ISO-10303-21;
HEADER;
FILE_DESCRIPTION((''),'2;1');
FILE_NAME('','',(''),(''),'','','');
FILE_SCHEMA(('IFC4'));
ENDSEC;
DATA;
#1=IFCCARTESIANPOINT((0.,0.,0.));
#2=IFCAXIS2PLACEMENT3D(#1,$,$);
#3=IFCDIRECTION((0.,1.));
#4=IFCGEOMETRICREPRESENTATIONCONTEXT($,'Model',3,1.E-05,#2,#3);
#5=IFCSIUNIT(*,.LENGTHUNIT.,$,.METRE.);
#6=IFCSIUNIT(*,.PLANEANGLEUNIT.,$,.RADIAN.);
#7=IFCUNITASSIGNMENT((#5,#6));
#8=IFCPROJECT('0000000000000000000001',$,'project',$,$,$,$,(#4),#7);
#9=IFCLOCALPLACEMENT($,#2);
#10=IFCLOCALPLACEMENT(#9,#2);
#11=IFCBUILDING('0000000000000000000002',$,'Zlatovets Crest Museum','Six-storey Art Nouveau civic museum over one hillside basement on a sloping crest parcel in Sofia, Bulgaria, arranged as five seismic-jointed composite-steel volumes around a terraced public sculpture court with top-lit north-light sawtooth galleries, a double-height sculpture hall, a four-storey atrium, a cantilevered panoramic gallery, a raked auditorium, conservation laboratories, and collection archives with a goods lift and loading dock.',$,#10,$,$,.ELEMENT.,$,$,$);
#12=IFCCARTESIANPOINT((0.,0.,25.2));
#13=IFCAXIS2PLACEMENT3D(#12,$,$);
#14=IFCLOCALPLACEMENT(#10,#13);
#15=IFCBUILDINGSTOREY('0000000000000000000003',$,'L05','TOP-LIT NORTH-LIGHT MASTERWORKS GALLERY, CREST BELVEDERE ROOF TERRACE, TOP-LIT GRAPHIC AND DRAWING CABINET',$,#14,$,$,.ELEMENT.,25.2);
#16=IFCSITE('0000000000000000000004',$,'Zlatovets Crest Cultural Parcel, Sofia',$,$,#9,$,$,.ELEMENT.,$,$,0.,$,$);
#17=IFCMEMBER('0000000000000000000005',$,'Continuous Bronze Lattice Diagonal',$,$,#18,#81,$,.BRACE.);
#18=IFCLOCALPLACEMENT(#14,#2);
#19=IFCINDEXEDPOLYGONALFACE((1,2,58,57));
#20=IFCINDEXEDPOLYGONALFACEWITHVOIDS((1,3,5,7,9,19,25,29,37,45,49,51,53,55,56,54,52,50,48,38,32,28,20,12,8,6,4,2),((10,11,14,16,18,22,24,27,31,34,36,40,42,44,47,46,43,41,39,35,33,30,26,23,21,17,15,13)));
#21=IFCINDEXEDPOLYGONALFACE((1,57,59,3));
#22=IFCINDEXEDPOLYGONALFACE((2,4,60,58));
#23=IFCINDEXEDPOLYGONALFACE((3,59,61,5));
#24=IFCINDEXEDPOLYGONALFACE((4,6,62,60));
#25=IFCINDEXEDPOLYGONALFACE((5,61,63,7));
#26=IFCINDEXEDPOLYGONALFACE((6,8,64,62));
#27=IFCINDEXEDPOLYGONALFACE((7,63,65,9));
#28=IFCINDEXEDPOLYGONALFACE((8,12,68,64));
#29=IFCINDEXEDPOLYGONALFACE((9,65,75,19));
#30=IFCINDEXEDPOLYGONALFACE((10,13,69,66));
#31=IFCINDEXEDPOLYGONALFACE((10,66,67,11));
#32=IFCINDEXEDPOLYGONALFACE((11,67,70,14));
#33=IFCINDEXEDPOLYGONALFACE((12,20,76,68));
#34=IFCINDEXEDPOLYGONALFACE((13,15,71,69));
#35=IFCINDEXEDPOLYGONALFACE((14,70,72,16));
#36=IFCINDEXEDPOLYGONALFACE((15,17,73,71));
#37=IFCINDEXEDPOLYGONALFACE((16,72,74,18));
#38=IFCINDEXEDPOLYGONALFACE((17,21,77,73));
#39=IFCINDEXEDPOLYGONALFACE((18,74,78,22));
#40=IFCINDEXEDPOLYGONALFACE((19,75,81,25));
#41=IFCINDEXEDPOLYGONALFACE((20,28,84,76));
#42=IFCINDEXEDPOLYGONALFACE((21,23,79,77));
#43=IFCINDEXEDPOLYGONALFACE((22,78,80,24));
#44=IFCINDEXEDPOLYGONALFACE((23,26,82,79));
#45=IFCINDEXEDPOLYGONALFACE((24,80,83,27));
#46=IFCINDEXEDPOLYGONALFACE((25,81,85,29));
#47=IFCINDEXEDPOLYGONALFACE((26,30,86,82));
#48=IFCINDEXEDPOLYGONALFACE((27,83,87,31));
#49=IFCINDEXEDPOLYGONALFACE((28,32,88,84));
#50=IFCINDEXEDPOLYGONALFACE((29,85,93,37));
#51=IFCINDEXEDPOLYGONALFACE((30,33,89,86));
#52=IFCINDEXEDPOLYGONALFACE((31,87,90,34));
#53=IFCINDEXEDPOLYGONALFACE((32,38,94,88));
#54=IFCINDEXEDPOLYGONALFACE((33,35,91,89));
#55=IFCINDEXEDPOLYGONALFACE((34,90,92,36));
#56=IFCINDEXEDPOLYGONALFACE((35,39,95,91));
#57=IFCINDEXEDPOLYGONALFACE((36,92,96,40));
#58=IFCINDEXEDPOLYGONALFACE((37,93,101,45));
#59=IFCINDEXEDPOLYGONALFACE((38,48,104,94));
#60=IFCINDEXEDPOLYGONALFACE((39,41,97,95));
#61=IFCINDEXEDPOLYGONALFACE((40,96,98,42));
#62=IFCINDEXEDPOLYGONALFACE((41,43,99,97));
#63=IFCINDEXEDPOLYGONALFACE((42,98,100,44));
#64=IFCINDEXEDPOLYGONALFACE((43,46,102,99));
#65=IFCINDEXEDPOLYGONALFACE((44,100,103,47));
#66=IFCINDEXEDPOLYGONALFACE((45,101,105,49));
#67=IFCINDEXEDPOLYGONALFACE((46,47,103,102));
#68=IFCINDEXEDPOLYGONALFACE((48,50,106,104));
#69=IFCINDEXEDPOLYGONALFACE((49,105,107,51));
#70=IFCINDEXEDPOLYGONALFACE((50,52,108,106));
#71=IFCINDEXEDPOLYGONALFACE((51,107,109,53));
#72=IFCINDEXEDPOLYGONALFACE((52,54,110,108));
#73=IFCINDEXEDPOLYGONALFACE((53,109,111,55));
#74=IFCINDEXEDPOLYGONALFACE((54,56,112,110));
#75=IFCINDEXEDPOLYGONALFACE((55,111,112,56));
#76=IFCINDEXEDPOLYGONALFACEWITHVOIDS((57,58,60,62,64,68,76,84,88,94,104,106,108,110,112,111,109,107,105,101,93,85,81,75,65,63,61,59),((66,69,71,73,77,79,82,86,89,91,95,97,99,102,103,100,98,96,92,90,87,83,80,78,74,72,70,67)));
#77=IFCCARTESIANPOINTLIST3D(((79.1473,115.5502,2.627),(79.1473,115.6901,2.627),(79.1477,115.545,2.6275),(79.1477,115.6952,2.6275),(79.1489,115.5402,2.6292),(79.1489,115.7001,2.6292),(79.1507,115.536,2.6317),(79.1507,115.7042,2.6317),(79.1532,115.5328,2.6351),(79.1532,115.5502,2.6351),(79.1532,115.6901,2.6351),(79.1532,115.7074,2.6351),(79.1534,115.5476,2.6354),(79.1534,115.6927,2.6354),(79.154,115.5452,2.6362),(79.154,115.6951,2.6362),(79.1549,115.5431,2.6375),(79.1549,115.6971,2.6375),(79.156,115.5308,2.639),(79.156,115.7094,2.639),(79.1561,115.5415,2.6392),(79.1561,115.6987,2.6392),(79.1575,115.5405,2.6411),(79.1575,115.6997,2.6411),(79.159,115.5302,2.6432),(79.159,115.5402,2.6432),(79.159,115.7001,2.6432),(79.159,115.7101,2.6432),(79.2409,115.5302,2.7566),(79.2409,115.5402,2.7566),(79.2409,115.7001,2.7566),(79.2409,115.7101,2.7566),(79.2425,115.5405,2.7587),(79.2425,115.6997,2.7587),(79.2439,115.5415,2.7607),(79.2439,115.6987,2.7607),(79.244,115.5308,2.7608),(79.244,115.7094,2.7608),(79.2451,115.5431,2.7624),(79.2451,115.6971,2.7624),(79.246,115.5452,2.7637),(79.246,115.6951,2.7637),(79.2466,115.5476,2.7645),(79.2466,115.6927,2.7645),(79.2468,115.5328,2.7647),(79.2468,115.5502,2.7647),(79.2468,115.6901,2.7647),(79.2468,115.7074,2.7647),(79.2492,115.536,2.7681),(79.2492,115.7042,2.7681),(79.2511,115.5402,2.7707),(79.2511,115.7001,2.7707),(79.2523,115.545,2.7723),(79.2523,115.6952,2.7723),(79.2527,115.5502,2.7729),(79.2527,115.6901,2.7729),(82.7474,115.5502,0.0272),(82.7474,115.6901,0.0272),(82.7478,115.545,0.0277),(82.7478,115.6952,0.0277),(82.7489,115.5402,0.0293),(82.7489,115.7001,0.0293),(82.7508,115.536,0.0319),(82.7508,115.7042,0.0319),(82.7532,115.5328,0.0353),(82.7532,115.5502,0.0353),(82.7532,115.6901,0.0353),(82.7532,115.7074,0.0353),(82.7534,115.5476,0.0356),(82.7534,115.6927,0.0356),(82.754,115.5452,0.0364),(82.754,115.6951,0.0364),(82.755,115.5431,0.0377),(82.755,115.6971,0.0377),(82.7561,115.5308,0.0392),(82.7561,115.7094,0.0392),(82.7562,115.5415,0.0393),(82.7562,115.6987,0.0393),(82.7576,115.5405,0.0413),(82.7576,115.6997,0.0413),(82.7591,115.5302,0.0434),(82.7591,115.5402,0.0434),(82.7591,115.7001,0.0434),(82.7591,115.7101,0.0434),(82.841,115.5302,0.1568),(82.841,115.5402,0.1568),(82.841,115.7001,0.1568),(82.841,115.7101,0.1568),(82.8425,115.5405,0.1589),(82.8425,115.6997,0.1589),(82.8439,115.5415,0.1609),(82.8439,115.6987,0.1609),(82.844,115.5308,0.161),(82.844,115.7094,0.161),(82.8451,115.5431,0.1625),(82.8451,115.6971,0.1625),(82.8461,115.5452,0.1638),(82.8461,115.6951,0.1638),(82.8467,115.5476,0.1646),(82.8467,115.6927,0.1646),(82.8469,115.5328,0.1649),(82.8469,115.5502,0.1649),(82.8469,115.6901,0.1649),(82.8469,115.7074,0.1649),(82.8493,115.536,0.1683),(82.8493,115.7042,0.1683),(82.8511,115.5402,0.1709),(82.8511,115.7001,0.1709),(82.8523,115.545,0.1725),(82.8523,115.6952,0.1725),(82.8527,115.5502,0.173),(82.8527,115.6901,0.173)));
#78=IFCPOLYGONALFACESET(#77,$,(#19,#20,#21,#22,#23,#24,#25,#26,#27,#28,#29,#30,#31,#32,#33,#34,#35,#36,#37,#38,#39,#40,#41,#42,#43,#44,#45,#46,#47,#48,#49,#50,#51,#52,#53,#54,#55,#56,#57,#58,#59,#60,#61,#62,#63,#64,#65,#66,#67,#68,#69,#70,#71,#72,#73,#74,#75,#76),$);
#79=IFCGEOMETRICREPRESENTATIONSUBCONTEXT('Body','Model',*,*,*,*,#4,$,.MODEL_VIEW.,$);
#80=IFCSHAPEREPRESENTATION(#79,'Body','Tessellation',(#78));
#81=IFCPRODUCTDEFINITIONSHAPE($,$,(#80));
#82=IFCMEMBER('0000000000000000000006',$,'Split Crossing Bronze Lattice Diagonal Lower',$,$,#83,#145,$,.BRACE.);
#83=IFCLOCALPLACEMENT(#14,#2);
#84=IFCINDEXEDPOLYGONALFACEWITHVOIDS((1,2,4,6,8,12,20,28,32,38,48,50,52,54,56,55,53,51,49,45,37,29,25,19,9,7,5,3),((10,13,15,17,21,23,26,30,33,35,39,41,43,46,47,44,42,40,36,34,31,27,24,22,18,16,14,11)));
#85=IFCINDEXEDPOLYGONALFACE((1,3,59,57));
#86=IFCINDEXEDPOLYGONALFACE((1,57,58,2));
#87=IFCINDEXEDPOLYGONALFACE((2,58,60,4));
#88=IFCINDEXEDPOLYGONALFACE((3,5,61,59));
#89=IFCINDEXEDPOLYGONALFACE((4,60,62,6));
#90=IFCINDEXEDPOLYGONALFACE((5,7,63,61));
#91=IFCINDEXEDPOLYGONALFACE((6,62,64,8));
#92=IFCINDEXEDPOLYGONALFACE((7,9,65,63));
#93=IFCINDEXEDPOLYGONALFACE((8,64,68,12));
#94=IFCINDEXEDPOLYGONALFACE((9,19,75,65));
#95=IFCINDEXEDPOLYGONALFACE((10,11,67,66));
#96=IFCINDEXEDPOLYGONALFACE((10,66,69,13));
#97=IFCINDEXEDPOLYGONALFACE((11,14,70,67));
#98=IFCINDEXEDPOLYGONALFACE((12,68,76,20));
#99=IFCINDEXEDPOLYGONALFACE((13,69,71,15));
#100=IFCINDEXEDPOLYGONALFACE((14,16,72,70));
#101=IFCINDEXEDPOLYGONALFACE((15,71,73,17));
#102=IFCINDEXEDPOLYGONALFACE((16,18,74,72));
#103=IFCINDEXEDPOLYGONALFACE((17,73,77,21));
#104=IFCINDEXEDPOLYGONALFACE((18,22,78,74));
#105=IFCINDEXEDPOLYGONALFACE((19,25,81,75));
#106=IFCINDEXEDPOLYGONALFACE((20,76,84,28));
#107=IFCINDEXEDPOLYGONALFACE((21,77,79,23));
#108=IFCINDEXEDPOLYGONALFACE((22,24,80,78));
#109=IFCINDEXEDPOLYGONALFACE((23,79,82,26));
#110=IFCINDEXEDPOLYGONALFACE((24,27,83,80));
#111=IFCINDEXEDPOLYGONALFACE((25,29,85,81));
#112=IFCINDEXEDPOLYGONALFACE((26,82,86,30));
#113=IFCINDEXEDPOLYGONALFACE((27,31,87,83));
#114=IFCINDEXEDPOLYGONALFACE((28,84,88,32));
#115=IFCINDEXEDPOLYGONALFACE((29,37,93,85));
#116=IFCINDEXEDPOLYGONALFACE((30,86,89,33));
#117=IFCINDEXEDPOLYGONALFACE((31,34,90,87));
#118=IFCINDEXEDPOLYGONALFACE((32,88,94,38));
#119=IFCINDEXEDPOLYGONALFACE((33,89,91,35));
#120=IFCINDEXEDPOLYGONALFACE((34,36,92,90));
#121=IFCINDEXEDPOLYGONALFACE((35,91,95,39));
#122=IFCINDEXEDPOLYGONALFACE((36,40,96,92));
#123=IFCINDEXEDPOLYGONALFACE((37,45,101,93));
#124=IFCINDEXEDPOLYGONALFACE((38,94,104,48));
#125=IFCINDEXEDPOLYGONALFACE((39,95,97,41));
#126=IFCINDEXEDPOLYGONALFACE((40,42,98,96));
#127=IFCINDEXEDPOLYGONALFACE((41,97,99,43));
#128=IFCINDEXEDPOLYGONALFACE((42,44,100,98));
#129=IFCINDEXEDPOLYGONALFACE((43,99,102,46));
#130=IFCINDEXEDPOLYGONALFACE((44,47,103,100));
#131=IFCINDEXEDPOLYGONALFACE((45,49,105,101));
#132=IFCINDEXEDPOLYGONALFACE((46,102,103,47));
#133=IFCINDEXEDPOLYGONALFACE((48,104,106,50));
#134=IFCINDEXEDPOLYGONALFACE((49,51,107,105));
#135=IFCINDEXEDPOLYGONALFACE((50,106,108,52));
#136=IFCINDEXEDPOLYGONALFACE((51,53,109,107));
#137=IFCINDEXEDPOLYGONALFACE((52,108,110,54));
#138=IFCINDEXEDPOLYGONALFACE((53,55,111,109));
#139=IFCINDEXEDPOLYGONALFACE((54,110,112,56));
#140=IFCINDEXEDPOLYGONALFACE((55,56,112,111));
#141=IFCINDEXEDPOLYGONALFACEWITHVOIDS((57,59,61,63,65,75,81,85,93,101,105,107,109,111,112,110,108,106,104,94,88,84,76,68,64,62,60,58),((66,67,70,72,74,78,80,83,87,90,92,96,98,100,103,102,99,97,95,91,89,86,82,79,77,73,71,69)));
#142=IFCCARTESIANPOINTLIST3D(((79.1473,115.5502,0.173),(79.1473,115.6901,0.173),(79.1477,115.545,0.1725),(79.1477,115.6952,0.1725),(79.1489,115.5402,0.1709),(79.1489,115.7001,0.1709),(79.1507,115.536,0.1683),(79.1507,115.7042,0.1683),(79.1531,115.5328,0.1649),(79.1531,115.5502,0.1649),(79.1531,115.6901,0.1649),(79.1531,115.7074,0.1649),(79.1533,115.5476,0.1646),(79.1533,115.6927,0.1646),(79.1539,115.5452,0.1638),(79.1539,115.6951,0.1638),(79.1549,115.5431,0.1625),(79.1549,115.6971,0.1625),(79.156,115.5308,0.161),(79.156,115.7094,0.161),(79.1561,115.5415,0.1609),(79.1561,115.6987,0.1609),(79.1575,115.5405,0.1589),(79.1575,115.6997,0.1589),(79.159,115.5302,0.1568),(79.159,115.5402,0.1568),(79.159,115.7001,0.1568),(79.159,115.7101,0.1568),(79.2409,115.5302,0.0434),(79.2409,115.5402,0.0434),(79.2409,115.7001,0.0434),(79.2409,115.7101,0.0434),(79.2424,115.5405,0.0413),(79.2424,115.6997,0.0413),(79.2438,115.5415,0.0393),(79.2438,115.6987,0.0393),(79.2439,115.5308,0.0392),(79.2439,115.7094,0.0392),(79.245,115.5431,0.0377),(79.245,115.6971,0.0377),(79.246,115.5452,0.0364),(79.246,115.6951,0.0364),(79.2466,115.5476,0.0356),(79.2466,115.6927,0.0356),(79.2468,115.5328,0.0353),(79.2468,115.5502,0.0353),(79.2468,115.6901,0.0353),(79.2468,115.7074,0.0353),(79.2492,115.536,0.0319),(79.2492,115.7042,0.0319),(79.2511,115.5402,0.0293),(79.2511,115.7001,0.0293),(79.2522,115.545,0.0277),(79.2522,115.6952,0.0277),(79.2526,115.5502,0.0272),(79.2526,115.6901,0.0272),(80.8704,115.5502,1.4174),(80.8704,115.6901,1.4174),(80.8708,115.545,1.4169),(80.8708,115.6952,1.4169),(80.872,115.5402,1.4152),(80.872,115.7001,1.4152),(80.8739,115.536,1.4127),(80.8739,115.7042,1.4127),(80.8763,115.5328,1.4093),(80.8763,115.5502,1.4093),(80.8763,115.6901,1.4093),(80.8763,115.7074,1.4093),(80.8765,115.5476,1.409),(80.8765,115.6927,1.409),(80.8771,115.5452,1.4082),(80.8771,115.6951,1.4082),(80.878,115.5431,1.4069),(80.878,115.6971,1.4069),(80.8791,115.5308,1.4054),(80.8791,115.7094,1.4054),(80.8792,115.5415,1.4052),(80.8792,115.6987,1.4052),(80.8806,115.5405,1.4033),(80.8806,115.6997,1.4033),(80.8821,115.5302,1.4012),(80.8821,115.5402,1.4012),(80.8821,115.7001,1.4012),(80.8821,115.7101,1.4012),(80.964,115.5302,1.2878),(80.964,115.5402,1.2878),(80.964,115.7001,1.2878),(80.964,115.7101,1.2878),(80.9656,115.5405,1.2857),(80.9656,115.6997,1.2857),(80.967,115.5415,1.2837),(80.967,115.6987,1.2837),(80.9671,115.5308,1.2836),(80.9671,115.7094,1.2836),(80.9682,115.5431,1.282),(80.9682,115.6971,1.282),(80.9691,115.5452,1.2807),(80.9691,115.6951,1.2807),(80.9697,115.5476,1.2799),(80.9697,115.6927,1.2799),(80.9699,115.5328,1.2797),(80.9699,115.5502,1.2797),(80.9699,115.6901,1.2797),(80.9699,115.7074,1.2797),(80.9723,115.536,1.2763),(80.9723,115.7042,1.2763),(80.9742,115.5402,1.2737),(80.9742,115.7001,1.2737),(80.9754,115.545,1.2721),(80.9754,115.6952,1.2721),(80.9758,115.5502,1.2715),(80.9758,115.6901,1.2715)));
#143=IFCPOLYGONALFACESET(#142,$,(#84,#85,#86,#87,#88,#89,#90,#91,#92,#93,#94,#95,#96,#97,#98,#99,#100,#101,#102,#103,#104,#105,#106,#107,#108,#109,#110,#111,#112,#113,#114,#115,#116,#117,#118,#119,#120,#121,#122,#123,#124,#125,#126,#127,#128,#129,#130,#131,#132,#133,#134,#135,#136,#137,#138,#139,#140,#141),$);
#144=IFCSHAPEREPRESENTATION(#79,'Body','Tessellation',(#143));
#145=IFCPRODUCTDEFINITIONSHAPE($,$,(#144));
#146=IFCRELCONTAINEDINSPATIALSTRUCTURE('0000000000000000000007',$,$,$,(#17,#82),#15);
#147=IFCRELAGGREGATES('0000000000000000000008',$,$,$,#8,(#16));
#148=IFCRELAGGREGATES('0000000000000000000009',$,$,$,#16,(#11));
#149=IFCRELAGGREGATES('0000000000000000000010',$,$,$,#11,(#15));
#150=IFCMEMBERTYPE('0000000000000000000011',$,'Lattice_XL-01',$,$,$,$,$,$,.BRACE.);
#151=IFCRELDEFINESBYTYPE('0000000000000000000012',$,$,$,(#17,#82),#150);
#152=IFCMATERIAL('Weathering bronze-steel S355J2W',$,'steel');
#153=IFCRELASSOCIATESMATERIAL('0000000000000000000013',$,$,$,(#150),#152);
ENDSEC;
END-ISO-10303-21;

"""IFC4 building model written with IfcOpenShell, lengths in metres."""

from ifc_helpers import new_model, si_unit, direction, frame, origin, origin_2d, place, context, subcontext, project, spatial, hollow_rectangle, extrude, material, material_profile, profile_set, type_object, element, save


model = new_model("IFC4")

# Units and contexts
model_context = context("Model", 3, precision=1e-05, world=origin(), true_north=direction((0.0, 1.0)))
body_context = subcontext(model_context, "Body", "Model", "MODEL_VIEW")
ifc_project = project(units=[si_unit("LENGTHUNIT", "METRE"), si_unit("PLANEANGLEUNIT", "RADIAN")], contexts=[model_context])

# Site, building, storey
site_placement = place(None, origin())
site = spatial("IfcSite", under=ifc_project, at=site_placement, Name="Zlatovets Crest Cultural Parcel, Sofia", CompositionType="ELEMENT", RefElevation=0.0)
building_placement = place(site_placement, origin())
building = spatial("IfcBuilding", under=site, at=building_placement, Name="Zlatovets Crest Museum", Description="Six-storey Art Nouveau civic museum over one hillside basement on a sloping crest parcel in Sofia, Bulgaria, arranged as five seismic-jointed composite-steel volumes around a terraced public sculpture court with top-lit north-light sawtooth galleries, a double-height sculpture hall, a four-storey atrium, a cantilevered panoramic gallery, a raked auditorium, conservation laboratories, and collection archives with a goods lift and loading dock.", CompositionType="ELEMENT")
storey_placement = place(building_placement, frame((0.0, 0.0, 25.2)))
storey = spatial("IfcBuildingStorey", under=building, at=storey_placement, Name="L05", Description="TOP-LIT NORTH-LIGHT MASTERWORKS GALLERY, CREST BELVEDERE ROOF TERRACE, TOP-LIT GRAPHIC AND DRAWING CABINET", CompositionType="ELEMENT", Elevation=25.2)

# Members
ifc_material_1 = material(Name="Weathering bronze-steel S355J2W", Category="steel")
ifc_material_profile_1 = material_profile(ifc_material_1, hollow_rectangle(XDim=0.1799, YDim=0.1799, WallThickness=0.01, InnerFilletRadius=0.01, OuterFilletRadius=0.02, at=origin_2d()), Name="SHS 180x180x10.0")
ifc_profile_set_1 = profile_set([ifc_material_profile_1], Name="Weathering bronze-steel S355J2W")
member_type_1 = type_object("IfcMemberType", Name="Lattice_XL-01", PredefinedType="BRACE", material=ifc_profile_set_1)
member_1_placement = place(storey_placement, frame((82.8, 115.6201, 0.1001), z_axis=(-0.810702, 0.0, 0.585458), x_axis=(0.0, -1.0, 0.0)))
element("IfcMember", 1, at=member_1_placement, inside=storey, type_object=member_type_1, Name="Continuous Bronze Lattice Diagonal", PredefinedType="BRACE", context=body_context, shape_type="SweptSolid", body=[
    extrude(hollow_rectangle(XDim=0.1799, YDim=0.1799, WallThickness=0.01, InnerFilletRadius=0.01, OuterFilletRadius=0.02, at=origin_2d()), origin(), (0.0, 0.0, 1.0), 4.4407),
])
for number, where, z_axis, x_axis, name in (
    (2, (80.9231, 115.6201, 1.3445), (-0.810703, 0.0, -0.585457), (0.0, -1.0, 0.0), "Split Crossing Bronze Lattice Diagonal Lower"),
):
    element("IfcMember", number, at=place(storey_placement, frame(where, z_axis=z_axis, x_axis=x_axis)), inside=storey, type_object=member_type_1, Name=name, PredefinedType="BRACE", context=body_context, shape_type="SweptSolid", body=[
        extrude(hollow_rectangle(XDim=0.1799, YDim=0.1799, WallThickness=0.01, InnerFilletRadius=0.01, OuterFilletRadius=0.02, at=origin_2d()), origin(), (0.0, 0.0, 1.0), 2.1255),
    ])

save(model, "model.ifc")
